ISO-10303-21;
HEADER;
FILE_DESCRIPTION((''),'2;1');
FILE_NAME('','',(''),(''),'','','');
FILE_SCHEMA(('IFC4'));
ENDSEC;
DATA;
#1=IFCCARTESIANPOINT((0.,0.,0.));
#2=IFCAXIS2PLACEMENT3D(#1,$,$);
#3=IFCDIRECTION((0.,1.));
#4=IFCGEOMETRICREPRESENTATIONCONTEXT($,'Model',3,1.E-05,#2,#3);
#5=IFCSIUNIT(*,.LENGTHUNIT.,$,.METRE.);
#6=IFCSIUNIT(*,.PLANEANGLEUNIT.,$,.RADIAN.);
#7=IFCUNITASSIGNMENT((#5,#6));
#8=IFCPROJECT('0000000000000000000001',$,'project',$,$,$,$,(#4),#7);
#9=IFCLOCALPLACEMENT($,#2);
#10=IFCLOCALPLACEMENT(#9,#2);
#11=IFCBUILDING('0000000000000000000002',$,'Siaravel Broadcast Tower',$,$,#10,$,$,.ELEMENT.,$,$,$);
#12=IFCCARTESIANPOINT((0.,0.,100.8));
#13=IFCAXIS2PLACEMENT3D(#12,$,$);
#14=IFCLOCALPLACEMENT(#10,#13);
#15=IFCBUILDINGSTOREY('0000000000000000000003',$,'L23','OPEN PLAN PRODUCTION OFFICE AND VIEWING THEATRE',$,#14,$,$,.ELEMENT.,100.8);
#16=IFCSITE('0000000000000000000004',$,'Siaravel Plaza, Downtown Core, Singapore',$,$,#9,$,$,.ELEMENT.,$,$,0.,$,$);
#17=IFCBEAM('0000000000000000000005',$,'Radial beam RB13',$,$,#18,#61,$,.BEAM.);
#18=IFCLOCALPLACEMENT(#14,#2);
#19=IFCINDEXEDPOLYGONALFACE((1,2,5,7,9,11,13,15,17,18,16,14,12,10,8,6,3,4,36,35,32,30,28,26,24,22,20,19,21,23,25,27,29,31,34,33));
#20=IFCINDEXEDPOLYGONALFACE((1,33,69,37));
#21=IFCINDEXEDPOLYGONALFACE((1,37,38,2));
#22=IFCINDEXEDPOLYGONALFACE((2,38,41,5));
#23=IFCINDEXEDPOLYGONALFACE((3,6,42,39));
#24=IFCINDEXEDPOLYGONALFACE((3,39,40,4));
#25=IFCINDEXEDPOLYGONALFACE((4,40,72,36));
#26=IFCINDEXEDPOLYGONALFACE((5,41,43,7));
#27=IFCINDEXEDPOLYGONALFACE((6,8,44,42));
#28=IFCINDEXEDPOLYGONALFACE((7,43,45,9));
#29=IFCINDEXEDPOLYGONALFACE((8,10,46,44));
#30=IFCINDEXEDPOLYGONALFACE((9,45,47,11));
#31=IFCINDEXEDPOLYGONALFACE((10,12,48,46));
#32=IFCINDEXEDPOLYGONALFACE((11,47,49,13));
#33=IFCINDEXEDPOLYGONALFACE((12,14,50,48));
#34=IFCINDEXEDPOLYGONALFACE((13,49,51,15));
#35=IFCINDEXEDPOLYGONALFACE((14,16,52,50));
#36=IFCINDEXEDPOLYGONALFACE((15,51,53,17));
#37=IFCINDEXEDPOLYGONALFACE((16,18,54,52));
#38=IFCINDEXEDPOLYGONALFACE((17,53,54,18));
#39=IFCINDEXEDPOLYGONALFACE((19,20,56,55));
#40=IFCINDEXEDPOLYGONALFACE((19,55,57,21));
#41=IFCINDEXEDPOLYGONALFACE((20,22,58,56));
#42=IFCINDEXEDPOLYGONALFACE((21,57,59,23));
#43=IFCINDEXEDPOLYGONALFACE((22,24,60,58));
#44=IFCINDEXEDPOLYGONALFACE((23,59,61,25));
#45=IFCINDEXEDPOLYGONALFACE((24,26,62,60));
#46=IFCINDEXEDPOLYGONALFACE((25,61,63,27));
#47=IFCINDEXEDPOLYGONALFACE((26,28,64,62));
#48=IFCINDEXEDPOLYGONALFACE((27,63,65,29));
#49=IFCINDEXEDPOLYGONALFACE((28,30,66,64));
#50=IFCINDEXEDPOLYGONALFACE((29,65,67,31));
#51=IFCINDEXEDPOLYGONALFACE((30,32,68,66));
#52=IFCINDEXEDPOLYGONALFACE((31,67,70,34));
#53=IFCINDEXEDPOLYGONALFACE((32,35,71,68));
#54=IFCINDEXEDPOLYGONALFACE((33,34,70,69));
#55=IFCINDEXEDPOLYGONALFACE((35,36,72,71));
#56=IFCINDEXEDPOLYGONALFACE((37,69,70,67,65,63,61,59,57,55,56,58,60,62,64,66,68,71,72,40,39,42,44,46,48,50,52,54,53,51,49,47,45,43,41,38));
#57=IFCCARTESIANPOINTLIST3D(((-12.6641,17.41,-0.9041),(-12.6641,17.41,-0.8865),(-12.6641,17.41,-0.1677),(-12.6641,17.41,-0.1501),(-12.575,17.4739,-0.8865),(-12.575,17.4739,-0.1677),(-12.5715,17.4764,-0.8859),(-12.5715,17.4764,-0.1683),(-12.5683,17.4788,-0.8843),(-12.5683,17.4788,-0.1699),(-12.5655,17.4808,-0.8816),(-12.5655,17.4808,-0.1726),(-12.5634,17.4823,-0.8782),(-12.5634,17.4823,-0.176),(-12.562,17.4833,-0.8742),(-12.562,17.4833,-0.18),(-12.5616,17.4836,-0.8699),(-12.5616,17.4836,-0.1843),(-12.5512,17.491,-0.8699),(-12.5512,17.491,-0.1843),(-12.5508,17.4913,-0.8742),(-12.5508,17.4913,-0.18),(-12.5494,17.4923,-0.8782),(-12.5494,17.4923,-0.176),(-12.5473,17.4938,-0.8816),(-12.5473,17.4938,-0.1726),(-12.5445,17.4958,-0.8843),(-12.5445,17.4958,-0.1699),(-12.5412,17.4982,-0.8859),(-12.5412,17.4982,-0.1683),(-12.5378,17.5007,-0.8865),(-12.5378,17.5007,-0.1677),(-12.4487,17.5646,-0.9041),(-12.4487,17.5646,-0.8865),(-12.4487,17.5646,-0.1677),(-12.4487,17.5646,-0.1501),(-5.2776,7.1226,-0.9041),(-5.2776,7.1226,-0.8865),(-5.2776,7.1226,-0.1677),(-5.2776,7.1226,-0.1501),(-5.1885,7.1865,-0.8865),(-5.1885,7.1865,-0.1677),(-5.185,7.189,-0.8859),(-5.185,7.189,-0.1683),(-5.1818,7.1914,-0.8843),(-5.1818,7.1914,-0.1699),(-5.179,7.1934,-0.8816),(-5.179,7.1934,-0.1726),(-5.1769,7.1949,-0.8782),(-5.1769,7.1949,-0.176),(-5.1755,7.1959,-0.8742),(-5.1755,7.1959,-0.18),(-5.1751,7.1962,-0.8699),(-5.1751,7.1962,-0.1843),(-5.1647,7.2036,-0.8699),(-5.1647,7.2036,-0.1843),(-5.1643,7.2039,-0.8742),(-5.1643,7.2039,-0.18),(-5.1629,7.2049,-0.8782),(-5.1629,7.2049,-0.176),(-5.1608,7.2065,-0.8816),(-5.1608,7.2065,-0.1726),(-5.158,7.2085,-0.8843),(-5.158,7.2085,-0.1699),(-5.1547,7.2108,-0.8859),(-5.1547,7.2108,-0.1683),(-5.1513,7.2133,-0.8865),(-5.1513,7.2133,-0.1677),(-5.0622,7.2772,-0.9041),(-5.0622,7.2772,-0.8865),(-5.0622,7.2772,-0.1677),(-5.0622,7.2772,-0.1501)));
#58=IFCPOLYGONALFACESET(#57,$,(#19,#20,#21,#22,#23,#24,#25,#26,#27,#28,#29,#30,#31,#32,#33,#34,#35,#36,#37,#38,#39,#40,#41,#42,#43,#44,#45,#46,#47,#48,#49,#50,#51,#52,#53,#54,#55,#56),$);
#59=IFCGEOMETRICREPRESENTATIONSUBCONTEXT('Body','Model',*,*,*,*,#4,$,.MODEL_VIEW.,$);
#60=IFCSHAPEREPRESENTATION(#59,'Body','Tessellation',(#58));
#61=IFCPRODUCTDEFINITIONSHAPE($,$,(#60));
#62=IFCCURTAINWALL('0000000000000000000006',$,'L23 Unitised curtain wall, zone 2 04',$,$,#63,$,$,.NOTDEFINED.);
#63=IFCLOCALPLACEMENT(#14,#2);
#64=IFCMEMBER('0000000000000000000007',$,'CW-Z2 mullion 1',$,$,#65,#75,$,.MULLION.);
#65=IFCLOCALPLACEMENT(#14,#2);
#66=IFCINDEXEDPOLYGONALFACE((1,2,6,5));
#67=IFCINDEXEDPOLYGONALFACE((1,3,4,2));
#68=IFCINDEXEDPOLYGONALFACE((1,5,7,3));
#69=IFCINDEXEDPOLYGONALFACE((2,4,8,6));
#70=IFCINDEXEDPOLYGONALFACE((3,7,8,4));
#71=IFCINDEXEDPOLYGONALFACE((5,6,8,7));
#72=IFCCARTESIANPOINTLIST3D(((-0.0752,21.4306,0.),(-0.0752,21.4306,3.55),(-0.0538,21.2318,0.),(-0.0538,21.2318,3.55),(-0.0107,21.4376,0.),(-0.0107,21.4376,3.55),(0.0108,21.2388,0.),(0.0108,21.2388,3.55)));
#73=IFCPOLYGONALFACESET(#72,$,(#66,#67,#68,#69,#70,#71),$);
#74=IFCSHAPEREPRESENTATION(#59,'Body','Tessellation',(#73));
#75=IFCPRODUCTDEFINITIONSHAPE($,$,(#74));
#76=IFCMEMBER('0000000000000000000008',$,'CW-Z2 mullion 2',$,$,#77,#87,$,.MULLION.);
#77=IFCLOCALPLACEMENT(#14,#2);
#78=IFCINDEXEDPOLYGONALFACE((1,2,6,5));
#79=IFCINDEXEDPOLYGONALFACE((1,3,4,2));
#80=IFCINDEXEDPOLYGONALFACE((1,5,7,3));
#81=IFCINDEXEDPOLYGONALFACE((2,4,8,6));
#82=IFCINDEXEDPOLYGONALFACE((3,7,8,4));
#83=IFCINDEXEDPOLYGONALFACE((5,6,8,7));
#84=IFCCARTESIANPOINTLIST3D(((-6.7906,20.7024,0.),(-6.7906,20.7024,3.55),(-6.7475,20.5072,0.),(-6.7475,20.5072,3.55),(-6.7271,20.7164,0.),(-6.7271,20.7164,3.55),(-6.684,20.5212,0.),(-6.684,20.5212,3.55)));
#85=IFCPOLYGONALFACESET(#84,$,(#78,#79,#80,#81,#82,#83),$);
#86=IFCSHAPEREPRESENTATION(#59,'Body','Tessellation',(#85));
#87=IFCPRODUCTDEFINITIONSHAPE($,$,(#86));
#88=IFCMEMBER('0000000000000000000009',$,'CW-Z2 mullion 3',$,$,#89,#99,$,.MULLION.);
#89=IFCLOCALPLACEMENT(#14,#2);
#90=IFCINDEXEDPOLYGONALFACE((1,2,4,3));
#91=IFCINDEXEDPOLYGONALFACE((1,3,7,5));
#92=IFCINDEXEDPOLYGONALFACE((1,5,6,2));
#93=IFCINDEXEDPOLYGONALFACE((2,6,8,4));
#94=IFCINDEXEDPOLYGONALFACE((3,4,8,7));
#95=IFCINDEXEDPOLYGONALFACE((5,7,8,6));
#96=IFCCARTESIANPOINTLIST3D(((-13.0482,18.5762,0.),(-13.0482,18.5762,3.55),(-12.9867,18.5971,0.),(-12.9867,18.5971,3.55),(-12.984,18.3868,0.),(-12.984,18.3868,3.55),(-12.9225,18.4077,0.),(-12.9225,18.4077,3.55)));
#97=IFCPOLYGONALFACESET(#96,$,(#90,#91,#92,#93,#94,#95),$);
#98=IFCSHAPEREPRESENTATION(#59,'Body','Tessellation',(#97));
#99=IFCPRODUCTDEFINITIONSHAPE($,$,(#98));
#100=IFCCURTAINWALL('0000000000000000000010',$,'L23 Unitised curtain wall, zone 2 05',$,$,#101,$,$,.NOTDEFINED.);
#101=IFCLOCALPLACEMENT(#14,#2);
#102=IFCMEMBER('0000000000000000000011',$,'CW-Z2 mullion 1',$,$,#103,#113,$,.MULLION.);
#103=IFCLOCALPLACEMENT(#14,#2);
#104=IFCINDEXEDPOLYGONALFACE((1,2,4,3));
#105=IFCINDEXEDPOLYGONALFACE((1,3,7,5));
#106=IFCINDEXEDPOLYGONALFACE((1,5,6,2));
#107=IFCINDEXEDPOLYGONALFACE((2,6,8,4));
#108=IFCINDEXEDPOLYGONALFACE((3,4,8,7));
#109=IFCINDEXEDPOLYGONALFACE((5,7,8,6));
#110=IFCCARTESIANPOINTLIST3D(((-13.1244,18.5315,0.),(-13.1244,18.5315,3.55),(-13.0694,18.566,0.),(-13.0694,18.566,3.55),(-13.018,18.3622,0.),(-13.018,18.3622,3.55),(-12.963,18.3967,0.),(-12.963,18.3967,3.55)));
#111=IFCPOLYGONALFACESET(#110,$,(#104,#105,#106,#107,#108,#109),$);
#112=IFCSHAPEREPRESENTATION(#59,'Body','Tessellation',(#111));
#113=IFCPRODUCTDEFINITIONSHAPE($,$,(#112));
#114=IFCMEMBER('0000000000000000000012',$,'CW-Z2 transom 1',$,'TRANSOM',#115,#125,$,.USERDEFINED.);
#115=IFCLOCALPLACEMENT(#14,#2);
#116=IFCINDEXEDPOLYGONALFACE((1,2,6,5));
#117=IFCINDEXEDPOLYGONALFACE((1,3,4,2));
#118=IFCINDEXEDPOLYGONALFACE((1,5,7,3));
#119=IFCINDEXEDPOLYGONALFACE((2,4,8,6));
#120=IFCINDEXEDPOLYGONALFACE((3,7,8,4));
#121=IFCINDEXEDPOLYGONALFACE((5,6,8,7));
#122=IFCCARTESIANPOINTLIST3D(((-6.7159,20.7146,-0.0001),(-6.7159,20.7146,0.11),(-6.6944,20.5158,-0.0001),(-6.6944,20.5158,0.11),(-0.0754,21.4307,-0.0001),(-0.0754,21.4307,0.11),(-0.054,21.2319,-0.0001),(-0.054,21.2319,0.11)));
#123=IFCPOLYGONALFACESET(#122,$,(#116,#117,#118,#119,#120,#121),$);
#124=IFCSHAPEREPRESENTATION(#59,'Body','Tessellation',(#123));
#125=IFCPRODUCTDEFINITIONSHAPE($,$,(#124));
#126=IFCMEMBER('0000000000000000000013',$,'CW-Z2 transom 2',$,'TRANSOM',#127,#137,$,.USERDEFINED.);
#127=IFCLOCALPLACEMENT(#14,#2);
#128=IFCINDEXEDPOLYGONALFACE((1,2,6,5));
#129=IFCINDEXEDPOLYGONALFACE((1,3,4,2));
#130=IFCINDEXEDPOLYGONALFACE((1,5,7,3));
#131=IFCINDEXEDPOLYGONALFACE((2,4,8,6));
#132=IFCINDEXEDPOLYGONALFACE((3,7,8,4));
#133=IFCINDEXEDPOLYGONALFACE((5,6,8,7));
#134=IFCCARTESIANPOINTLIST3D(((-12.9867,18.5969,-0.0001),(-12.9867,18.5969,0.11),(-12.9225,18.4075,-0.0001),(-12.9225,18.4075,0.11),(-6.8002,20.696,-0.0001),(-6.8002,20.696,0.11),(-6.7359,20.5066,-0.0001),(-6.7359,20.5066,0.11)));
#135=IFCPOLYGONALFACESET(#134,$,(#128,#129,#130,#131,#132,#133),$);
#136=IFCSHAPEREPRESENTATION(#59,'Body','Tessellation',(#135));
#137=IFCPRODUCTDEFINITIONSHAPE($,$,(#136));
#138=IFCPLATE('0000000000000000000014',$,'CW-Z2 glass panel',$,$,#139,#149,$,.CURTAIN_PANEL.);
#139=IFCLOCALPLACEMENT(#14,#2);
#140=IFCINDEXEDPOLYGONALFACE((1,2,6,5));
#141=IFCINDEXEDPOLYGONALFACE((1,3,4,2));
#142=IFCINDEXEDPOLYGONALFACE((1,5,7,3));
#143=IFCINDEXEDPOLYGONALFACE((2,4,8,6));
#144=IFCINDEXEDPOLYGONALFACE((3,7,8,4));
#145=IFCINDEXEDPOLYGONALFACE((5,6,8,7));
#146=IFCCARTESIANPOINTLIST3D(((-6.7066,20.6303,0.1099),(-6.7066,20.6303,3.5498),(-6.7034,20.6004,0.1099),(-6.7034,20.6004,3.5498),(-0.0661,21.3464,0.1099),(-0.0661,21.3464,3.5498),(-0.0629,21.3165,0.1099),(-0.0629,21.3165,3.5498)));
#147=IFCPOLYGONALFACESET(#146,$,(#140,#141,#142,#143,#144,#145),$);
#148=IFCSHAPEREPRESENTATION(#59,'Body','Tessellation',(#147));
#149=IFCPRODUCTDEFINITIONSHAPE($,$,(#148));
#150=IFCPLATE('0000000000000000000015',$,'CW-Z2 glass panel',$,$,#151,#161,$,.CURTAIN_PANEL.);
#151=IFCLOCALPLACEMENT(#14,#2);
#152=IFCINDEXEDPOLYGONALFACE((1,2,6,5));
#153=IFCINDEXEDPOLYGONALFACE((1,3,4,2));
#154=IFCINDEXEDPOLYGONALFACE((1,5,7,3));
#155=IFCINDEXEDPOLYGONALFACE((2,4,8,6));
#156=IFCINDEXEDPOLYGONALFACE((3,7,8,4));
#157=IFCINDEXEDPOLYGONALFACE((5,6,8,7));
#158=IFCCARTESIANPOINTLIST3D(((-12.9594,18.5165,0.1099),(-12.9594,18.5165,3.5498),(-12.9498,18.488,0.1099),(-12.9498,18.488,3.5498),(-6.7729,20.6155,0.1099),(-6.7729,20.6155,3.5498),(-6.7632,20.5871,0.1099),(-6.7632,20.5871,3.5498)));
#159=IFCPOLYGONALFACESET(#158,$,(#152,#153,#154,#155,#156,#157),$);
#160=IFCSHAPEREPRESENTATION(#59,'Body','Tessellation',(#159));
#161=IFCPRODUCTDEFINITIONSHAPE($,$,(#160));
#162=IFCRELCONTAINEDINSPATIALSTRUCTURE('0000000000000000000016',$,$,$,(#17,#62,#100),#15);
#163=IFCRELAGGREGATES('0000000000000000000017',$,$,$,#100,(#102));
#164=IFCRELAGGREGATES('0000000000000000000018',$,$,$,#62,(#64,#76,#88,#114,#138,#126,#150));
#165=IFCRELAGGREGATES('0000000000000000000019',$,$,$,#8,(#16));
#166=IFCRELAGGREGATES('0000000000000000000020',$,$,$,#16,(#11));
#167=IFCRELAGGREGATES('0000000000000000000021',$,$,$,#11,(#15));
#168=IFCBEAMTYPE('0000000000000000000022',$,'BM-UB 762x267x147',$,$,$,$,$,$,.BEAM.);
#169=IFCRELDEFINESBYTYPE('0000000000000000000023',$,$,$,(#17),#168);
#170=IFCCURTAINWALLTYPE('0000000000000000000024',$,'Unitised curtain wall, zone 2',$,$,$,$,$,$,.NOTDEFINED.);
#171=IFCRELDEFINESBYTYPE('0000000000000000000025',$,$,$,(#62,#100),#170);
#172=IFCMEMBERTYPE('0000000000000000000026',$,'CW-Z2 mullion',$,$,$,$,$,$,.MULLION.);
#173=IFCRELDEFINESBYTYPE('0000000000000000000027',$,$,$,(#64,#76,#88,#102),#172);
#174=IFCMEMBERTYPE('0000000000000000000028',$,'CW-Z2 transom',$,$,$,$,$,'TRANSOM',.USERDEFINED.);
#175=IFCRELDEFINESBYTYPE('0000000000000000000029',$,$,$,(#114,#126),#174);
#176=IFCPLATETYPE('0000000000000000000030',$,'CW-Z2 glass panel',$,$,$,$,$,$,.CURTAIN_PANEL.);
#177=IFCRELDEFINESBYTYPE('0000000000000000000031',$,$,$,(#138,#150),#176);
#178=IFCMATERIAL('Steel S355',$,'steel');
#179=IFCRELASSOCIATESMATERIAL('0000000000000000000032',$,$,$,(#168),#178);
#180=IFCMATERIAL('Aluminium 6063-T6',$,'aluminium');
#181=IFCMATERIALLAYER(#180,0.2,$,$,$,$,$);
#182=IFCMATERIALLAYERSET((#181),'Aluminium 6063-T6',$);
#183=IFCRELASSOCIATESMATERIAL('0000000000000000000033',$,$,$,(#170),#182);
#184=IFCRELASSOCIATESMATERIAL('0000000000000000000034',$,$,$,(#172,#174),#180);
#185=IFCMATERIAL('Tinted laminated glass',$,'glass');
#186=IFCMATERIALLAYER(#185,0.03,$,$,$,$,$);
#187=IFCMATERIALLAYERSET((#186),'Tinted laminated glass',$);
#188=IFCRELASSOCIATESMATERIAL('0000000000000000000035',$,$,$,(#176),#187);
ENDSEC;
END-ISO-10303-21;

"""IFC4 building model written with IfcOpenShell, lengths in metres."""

from ifc_helpers import new_model, si_unit, direction, frame, origin, origin_2d, place, context, subcontext, project, spatial, rectangle, i_section, extrude, material, layer, layer_set, material_profile, profile_set, type_object, element, aggregate, save


model = new_model("IFC4")

# Units and contexts
model_context = context("Model", 3, precision=1e-05, world=origin(), true_north=direction((0.0, 1.0)))
body_context = subcontext(model_context, "Body", "Model", "MODEL_VIEW")
ifc_project = project(units=[si_unit("LENGTHUNIT", "METRE"), si_unit("PLANEANGLEUNIT", "RADIAN")], contexts=[model_context])

# Site, building, storey
site_placement = place(None, origin())
site = spatial("IfcSite", under=ifc_project, at=site_placement, Name="Siaravel Plaza, Downtown Core, Singapore", CompositionType="ELEMENT", RefElevation=0.0)
building_placement = place(site_placement, origin())
building = spatial("IfcBuilding", under=site, at=building_placement, Name="Siaravel Broadcast Tower", CompositionType="ELEMENT")
storey_placement = place(building_placement, frame((0.0, 0.0, 100.8)))
storey = spatial("IfcBuildingStorey", under=building, at=storey_placement, Name="L23", Description="OPEN PLAN PRODUCTION OFFICE AND VIEWING THEATRE", CompositionType="ELEMENT", Elevation=100.8)

# Beam
ifc_material_1 = material(Name="Steel S355", Category="steel")
ifc_material_profile_1 = material_profile(ifc_material_1, i_section(OverallWidth=0.2651, OverallDepth=0.7539, WebThickness=0.0127, FlangeThickness=0.0176, FilletRadius=0.0166, at=origin_2d()))
ifc_profile_set_1 = profile_set([ifc_material_profile_1], Name="Steel S355")
beam_type = type_object("IfcBeamType", Name="BM-UB 762x267x147", PredefinedType="BEAM", material=ifc_profile_set_1)
beam_1_placement = place(storey_placement, frame((-12.5564, 17.4873, -0.5271), z_axis=(0.583242, -0.812298, 0.0), x_axis=(0.812298, 0.583242, 0.0)))
element("IfcBeam", 1, at=beam_1_placement, inside=storey, type_object=beam_type, Name="Radial beam RB13", PredefinedType="BEAM", context=body_context, shape_type="SweptSolid", body=[
    extrude(i_section(OverallWidth=0.2651, OverallDepth=0.7539, WebThickness=0.0127, FlangeThickness=0.0176, FilletRadius=0.0166, at=origin_2d()), origin(), (0.0, 0.0, 1.0), 12.6646),
])

# Curtain wall, members
ifc_material_2 = material(Name="Aluminium 6063-T6", Category="aluminium")
ifc_layer_1 = layer(ifc_material_2, 0.2)
ifc_layer_set_1 = layer_set([ifc_layer_1], Name="Aluminium 6063-T6")
curtain_wall_type = type_object("IfcCurtainWallType", Name="Unitised curtain wall, zone 2", PredefinedType="NOTDEFINED", material=ifc_layer_set_1)
curtain_wall_1_placement = place(storey_placement, origin())
curtain_wall_1 = element("IfcCurtainWall", 2, at=curtain_wall_1_placement, inside=storey, type_object=curtain_wall_type, Name="L23 Unitised curtain wall, zone 2 04", PredefinedType="NOTDEFINED")
ifc_material_profile_2 = material_profile(ifc_material_2, rectangle(XDim=0.2, YDim=0.0649, at=origin_2d()))
ifc_profile_set_2 = profile_set([ifc_material_profile_2], Name="Aluminium 6063-T6")
member_type_1 = type_object("IfcMemberType", Name="CW-Z2 mullion", PredefinedType="MULLION", material=ifc_profile_set_2)
member_1_placement = place(storey_placement, frame((-0.0322, 21.3347, 0.0), z_axis=(0.0, 0.0, 1.0), x_axis=(0.107217, -0.994236, 0.0)))
member_1 = element("IfcMember", 3, at=member_1_placement, type_object=member_type_1, Name="CW-Z2 mullion 1", PredefinedType="MULLION", context=body_context, shape_type="SweptSolid", body=[
    extrude(rectangle(XDim=0.2, YDim=0.0649, at=origin_2d()), origin(), (0.0, 0.0, 1.0), 3.55),
])
member_2_placement = place(storey_placement, frame((-6.7373, 20.6118, 0.0), z_axis=(0.0, 0.0, 1.0), x_axis=(0.215558, -0.976491, 0.0)))
member_2 = element("IfcMember", 4, at=member_2_placement, type_object=member_type_1, Name="CW-Z2 mullion 2", PredefinedType="MULLION", context=body_context, shape_type="SweptSolid", body=[
    extrude(rectangle(XDim=0.2, YDim=0.0649, at=origin_2d()), origin(), (0.0, 0.0, 1.0), 3.55),
])
member_3_placement = place(storey_placement, frame((-12.9854, 18.4919, 0.0), z_axis=(0.0, 0.0, 1.0), x_axis=(0.3213, -0.946977, 0.0)))
member_3 = element("IfcMember", 5, at=member_3_placement, type_object=member_type_1, Name="CW-Z2 mullion 3", PredefinedType="MULLION", context=body_context, shape_type="SweptSolid", body=[
    extrude(rectangle(XDim=0.2, YDim=0.0649, at=origin_2d()), origin(), (0.0, 0.0, 1.0), 3.55),
])

# Curtain wall, member
curtain_wall_2_placement = place(storey_placement, origin())
curtain_wall_2 = element("IfcCurtainWall", 6, at=curtain_wall_2_placement, inside=storey, type_object=curtain_wall_type, Name="L23 Unitised curtain wall, zone 2 05", PredefinedType="NOTDEFINED")
member_4_placement = place(storey_placement, frame((-13.0437, 18.4641, 0.0), z_axis=(0.0, 0.0, 1.0), x_axis=(0.532149, -0.846651, 0.0)))
member_4 = element("IfcMember", 7, at=member_4_placement, type_object=member_type_1, Name="CW-Z2 mullion 1", PredefinedType="MULLION", context=body_context, shape_type="SweptSolid", body=[
    extrude(rectangle(XDim=0.2, YDim=0.0649, at=origin_2d()), origin(), (0.0, 0.0, 1.0), 3.55),
])
aggregate(curtain_wall_2, [member_4])

# Members
ifc_material_profile_3 = material_profile(ifc_material_2, rectangle(XDim=0.2, YDim=0.1101, at=origin_2d()))
ifc_profile_set_3 = profile_set([ifc_material_profile_3], Name="Aluminium 6063-T6")
member_type_2 = type_object("IfcMemberType", Name="CW-Z2 transom", ElementType="TRANSOM", PredefinedType="USERDEFINED", material=ifc_profile_set_3)
member_5_placement = place(storey_placement, frame((-0.0647, 21.3313, 0.0549), z_axis=(-0.994236, -0.107213, 0.0), x_axis=(0.107213, -0.994236, 0.0)))
member_5 = element("IfcMember", 8, at=member_5_placement, type_object=member_type_2, Name="CW-Z2 transom 1", ObjectType="TRANSOM", PredefinedType="USERDEFINED", context=body_context, shape_type="SweptSolid", body=[
    extrude(rectangle(XDim=0.2, YDim=0.1101, at=origin_2d()), origin(), (0.0, 0.0, 1.0), 6.679),
])
member_6_placement = place(storey_placement, frame((-6.7681, 20.6013, 0.0549), z_axis=(-0.946973, -0.321313, 0.0), x_axis=(0.321313, -0.946973, 0.0)))
member_6 = element("IfcMember", 9, at=member_6_placement, type_object=member_type_2, Name="CW-Z2 transom 2", ObjectType="TRANSOM", PredefinedType="USERDEFINED", context=body_context, shape_type="SweptSolid", body=[
    extrude(rectangle(XDim=0.2, YDim=0.1101, at=origin_2d()), origin(), (0.0, 0.0, 1.0), 6.533),
])

# Plates
ifc_material_3 = material(Name="Tinted laminated glass", Category="glass")
ifc_layer_2 = layer(ifc_material_3, 0.03)
ifc_layer_set_2 = layer_set([ifc_layer_2], Name="Tinted laminated glass")
plate_type = type_object("IfcPlateType", Name="CW-Z2 glass panel", PredefinedType="CURTAIN_PANEL", material=ifc_layer_set_2)
plate_1_placement = place(storey_placement, frame((-3.3848, 20.9734, 0.1099), z_axis=(0.0, 0.0, 1.0), x_axis=(-0.994236, -0.107217, 0.0)))
plate_1 = element("IfcPlate", 10, at=plate_1_placement, type_object=plate_type, Name="CW-Z2 glass panel", PredefinedType="CURTAIN_PANEL", context=body_context, shape_type="SweptSolid", body=[
    extrude(rectangle(XDim=6.679, YDim=0.03, at=origin_2d()), origin(), (0.0, 0.0, 1.0), 3.4399),
])
plate_2_placement = place(storey_placement, frame((-9.8613, 19.5518, 0.1099), z_axis=(0.0, 0.0, 1.0), x_axis=(-0.946977, -0.3213, 0.0)))
plate_2 = element("IfcPlate", 11, at=plate_2_placement, type_object=plate_type, Name="CW-Z2 glass panel", PredefinedType="CURTAIN_PANEL", context=body_context, shape_type="SweptSolid", body=[
    extrude(rectangle(XDim=6.533, YDim=0.03, at=origin_2d()), origin(), (0.0, 0.0, 1.0), 3.4399),
])
aggregate(curtain_wall_1, [member_1, member_2, member_3, member_5, plate_1, member_6, plate_2])

save(model, "model.ifc")
